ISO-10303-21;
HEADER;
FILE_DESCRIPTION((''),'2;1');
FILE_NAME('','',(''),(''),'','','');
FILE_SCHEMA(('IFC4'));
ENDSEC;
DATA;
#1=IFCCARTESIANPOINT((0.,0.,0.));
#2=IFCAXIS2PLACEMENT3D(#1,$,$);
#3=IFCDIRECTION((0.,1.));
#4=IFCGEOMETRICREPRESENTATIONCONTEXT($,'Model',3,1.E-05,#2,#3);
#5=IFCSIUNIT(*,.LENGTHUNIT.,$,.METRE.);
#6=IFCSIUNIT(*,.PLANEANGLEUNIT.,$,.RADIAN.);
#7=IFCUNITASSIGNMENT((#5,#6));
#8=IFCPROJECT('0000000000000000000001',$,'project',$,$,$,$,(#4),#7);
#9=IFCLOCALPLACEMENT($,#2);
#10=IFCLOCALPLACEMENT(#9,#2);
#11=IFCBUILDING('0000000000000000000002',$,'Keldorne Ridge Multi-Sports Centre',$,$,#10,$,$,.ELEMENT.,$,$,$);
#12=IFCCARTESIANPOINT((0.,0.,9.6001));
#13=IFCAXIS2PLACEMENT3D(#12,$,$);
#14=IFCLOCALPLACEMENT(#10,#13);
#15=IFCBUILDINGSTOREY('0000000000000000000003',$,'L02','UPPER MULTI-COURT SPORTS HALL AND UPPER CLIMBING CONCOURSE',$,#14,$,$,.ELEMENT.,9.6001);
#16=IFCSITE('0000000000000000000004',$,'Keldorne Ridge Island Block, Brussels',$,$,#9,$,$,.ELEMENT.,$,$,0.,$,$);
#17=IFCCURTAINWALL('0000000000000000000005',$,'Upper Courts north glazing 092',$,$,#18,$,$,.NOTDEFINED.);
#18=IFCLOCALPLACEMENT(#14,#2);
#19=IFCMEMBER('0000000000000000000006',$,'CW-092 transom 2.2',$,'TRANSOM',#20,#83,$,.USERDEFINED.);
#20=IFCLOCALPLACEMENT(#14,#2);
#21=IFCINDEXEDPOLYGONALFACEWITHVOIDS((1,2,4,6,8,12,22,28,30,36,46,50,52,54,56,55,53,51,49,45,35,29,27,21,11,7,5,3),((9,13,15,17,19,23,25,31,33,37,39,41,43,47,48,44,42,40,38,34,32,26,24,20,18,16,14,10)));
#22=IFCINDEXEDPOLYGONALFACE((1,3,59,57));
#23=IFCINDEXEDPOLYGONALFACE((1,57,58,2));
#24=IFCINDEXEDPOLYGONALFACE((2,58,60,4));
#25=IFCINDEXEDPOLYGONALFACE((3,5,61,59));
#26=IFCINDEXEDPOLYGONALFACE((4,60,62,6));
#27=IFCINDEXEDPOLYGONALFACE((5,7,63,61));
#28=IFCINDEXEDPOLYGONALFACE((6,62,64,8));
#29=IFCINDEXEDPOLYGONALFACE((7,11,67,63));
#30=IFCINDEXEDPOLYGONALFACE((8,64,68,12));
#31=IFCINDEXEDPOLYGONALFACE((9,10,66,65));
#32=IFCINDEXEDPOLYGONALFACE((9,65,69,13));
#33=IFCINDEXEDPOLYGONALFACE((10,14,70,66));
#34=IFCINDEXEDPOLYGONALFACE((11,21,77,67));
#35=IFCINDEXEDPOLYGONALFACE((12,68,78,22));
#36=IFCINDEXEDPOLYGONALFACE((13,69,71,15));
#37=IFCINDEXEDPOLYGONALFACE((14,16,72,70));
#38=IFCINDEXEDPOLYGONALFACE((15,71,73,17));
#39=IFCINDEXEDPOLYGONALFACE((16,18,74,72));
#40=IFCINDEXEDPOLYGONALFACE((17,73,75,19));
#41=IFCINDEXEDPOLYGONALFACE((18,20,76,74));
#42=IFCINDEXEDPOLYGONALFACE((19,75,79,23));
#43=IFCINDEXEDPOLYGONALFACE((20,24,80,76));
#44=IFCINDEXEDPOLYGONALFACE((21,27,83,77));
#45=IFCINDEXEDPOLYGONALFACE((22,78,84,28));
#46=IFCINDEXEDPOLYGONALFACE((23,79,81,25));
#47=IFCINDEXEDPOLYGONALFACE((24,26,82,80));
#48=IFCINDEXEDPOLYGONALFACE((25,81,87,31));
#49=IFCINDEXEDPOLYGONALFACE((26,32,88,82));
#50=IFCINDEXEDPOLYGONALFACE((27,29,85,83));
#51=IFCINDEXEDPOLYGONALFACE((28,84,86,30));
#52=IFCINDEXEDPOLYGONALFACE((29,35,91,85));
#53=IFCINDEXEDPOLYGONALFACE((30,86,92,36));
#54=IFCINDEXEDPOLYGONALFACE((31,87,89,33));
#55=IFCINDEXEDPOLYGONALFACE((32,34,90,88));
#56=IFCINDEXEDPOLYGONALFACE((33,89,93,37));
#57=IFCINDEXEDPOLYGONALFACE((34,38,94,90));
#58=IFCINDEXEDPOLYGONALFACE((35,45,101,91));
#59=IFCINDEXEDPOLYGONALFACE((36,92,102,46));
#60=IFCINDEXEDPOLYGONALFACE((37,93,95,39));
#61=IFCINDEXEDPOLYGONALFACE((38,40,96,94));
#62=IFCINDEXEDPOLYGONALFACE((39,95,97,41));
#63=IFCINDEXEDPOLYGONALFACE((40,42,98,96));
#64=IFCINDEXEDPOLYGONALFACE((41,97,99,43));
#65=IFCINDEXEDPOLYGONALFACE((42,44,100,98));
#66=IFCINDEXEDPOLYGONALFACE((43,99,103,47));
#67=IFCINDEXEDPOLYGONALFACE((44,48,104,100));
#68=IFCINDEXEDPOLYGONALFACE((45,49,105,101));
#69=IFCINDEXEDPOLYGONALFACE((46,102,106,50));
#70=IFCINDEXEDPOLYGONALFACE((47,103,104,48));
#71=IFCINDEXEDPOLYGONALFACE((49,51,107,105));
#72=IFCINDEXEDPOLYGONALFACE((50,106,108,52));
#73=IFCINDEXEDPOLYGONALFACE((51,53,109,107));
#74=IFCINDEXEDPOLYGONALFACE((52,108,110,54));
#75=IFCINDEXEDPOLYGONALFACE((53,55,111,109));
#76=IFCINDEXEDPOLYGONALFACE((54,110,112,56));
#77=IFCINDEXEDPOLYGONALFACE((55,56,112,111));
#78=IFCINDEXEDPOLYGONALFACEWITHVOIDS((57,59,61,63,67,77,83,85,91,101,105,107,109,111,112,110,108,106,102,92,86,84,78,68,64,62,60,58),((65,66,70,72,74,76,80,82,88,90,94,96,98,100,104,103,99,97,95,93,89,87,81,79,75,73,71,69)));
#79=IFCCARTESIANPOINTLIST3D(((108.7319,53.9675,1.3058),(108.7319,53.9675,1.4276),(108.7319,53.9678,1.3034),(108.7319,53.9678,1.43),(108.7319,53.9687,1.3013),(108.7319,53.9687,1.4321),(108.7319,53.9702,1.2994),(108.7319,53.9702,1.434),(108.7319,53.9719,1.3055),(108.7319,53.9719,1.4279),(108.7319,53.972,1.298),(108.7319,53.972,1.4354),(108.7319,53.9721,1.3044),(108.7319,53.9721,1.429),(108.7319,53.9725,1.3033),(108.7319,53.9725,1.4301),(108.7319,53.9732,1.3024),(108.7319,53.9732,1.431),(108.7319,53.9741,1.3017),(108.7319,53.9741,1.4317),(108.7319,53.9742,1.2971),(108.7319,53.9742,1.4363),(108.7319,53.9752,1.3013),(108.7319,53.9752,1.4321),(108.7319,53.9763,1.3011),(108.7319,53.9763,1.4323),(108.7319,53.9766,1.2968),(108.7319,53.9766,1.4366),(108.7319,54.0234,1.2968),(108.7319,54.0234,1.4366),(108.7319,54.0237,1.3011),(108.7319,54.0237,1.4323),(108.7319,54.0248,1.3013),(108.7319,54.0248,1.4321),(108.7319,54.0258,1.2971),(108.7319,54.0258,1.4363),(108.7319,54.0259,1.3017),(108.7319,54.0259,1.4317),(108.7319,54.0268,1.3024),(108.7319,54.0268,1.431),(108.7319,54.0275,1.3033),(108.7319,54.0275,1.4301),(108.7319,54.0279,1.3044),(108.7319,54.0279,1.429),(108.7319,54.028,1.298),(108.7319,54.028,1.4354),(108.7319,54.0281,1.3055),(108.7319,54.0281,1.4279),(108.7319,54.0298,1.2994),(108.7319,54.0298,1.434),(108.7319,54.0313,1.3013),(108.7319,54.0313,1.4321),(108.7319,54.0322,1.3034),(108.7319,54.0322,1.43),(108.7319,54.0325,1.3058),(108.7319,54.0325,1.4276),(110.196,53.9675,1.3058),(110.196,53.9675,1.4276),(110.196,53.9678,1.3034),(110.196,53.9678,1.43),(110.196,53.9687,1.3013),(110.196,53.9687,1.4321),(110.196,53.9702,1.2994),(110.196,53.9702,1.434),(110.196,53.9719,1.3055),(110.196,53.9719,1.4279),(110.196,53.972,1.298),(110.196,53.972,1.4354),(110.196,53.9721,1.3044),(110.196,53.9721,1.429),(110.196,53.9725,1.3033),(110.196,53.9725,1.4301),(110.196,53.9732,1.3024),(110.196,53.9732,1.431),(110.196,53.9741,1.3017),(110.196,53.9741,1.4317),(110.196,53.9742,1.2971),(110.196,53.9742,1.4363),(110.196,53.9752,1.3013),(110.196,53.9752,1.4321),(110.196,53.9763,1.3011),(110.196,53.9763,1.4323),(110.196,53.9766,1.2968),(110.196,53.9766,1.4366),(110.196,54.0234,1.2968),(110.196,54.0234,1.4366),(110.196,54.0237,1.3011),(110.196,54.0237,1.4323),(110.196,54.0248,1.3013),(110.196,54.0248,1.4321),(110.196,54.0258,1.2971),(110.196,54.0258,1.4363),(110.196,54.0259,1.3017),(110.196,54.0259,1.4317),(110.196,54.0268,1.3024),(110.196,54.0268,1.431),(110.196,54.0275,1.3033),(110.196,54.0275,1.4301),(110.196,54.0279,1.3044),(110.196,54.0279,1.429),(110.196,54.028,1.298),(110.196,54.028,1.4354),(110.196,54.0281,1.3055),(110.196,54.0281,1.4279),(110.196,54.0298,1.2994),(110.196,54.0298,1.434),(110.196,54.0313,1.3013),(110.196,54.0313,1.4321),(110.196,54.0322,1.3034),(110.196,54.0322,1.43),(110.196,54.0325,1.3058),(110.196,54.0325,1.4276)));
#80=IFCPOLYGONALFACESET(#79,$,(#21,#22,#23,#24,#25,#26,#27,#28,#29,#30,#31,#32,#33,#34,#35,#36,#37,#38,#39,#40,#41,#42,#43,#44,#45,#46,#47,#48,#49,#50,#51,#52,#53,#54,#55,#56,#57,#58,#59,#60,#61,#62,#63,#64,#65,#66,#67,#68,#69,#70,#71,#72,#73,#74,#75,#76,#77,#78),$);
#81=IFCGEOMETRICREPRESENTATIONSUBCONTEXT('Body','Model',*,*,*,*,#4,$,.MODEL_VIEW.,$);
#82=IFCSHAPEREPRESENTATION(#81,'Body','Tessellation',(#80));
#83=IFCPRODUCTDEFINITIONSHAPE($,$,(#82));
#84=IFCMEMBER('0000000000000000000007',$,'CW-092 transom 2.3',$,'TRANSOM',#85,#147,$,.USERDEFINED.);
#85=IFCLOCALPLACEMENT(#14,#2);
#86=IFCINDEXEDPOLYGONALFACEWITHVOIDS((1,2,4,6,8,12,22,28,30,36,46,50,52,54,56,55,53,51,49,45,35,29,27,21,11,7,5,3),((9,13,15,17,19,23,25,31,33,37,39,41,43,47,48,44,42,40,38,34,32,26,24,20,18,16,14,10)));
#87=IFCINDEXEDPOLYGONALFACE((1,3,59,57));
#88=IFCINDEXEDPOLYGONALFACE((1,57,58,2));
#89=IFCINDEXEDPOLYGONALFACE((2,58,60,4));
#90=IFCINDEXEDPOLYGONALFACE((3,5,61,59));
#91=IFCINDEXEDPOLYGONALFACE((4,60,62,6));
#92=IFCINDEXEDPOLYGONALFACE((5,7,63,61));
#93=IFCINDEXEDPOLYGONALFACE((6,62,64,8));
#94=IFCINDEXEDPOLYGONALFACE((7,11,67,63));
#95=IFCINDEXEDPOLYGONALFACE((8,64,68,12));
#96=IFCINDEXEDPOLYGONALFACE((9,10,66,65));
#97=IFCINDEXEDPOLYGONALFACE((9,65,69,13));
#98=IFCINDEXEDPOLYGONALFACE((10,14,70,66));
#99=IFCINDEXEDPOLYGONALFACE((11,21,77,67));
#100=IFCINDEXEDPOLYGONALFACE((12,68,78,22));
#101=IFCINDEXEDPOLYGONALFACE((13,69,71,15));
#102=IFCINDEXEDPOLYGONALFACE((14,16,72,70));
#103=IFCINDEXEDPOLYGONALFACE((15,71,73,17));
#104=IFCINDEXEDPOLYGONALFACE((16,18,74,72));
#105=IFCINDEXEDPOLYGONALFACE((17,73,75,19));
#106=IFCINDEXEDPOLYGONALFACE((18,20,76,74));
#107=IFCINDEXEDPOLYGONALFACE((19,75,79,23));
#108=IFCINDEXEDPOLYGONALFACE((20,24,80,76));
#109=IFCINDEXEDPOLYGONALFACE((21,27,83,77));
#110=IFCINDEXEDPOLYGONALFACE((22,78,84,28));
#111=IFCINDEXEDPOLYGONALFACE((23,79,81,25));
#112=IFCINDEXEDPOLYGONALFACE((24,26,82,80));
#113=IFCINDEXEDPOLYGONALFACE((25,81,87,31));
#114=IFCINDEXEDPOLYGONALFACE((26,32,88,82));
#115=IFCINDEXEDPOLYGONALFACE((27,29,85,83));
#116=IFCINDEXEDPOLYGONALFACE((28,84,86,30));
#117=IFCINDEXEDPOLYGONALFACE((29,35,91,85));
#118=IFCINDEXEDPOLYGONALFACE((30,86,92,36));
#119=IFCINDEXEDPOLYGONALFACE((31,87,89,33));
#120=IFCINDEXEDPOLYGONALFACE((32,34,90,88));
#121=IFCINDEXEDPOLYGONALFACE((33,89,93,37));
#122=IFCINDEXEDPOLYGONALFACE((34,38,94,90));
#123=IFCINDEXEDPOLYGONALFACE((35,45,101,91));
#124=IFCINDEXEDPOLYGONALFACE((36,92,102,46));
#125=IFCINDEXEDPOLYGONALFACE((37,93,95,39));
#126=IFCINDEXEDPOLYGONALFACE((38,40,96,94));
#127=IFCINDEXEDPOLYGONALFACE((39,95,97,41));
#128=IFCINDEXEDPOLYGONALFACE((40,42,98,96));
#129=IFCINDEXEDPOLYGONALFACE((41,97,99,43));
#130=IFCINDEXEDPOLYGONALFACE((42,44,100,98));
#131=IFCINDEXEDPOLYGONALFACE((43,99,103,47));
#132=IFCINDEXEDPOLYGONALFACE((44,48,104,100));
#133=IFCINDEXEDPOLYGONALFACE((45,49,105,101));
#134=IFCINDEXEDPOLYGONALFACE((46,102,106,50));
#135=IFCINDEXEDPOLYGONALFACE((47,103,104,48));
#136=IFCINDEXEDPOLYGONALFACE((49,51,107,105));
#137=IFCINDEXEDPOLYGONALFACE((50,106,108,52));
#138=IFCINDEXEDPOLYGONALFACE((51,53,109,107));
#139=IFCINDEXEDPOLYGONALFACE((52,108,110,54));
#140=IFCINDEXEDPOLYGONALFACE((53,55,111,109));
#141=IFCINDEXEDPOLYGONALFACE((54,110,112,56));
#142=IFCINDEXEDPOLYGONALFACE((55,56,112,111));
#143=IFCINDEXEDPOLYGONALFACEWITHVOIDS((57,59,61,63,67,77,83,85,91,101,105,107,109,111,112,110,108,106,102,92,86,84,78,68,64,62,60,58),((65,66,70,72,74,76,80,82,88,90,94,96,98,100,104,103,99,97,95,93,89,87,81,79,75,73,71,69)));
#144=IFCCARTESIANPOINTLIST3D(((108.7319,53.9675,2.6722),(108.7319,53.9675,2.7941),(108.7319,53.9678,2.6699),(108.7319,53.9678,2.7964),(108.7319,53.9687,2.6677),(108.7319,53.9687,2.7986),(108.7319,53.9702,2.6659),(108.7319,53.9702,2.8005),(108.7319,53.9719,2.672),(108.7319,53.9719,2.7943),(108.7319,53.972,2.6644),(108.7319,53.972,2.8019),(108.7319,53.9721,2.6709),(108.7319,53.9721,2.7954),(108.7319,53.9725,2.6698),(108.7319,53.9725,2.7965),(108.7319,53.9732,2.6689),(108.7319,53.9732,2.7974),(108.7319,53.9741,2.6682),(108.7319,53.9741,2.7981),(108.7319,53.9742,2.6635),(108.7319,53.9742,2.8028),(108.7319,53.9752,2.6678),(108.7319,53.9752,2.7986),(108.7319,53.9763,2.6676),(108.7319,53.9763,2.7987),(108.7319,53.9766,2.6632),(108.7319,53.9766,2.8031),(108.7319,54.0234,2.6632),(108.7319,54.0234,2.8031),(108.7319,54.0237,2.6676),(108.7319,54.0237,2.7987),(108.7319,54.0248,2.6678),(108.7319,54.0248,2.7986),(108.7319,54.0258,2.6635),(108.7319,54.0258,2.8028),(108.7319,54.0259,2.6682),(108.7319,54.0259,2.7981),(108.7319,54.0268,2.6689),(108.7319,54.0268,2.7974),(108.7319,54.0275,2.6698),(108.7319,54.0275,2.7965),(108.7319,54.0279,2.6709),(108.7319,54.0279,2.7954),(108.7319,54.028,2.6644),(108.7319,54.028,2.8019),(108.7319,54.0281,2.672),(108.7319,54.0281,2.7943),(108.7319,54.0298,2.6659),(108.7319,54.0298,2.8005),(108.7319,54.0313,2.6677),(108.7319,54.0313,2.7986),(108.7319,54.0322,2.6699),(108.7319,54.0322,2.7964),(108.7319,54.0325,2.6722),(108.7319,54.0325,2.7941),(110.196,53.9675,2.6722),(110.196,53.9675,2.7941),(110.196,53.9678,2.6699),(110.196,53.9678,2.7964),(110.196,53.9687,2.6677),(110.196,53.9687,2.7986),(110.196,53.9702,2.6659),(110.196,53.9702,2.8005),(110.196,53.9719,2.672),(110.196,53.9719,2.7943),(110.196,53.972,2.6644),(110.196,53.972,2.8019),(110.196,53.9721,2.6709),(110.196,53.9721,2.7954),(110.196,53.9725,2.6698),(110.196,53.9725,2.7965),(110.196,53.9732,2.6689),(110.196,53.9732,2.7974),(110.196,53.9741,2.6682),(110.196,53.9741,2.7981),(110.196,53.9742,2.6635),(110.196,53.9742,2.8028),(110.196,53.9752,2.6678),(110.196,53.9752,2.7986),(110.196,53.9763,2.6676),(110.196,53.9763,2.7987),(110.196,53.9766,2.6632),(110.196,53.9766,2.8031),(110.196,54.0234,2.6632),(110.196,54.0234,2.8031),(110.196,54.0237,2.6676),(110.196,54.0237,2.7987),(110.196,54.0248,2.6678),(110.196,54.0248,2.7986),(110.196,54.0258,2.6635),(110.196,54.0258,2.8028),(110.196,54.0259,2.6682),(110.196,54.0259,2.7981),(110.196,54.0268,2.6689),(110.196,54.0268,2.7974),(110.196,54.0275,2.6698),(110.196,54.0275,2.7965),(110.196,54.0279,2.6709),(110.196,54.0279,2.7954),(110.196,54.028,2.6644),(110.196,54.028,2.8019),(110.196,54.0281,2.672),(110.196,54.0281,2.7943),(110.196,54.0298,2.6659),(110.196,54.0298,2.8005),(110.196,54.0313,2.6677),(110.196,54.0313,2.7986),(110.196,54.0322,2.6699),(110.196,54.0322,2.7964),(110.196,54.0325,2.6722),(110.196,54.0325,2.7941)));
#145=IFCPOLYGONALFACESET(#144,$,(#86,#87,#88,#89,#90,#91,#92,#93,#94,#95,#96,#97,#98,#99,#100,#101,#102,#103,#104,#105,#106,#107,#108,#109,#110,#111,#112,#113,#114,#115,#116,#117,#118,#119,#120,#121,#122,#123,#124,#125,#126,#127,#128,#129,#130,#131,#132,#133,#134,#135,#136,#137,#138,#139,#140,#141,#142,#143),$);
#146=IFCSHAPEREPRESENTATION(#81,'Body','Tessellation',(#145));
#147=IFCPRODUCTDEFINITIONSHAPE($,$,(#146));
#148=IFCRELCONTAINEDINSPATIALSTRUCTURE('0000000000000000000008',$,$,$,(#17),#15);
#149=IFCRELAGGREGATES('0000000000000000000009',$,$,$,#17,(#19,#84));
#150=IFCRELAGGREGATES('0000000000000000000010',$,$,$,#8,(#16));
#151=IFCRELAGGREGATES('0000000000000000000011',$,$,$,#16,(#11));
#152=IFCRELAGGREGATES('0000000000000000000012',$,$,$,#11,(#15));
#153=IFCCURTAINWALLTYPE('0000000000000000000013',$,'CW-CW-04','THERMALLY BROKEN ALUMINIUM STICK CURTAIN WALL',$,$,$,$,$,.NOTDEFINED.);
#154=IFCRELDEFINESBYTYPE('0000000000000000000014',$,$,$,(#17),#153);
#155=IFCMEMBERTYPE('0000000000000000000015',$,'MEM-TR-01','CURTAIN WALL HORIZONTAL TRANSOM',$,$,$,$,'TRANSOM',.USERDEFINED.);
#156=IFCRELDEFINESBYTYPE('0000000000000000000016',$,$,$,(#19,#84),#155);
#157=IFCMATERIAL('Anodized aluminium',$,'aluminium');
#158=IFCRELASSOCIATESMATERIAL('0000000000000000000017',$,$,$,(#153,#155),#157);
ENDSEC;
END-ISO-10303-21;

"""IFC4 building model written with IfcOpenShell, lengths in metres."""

from ifc_helpers import new_model, si_unit, direction, frame, origin, origin_2d, place, context, subcontext, project, spatial, hollow_rectangle, extrude, material, material_profile, profile_set, type_object, element, aggregate, save


model = new_model("IFC4")

# Units and contexts
model_context = context("Model", 3, precision=1e-05, world=origin(), true_north=direction((0.0, 1.0)))
body_context = subcontext(model_context, "Body", "Model", "MODEL_VIEW")
ifc_project = project(units=[si_unit("LENGTHUNIT", "METRE"), si_unit("PLANEANGLEUNIT", "RADIAN")], contexts=[model_context])

# Site, building, storey
site_placement = place(None, origin())
site = spatial("IfcSite", under=ifc_project, at=site_placement, Name="Keldorne Ridge Island Block, Brussels", CompositionType="ELEMENT", RefElevation=0.0)
building_placement = place(site_placement, origin())
building = spatial("IfcBuilding", under=site, at=building_placement, Name="Keldorne Ridge Multi-Sports Centre", CompositionType="ELEMENT")
storey_placement = place(building_placement, frame((0.0, 0.0, 9.6001)))
storey = spatial("IfcBuildingStorey", under=building, at=storey_placement, Name="L02", Description="UPPER MULTI-COURT SPORTS HALL AND UPPER CLIMBING CONCOURSE", CompositionType="ELEMENT", Elevation=9.6001)

# Curtain wall
ifc_material_1 = material(Name="Anodized aluminium", Category="aluminium")
curtain_wall_type_1 = type_object("IfcCurtainWallType", Name="CW-CW-04", Description="THERMALLY BROKEN ALUMINIUM STICK CURTAIN WALL", PredefinedType="NOTDEFINED", material=ifc_material_1)
curtain_wall_1_placement = place(storey_placement, origin())
curtain_wall_1 = element("IfcCurtainWall", 1, at=curtain_wall_1_placement, inside=storey, type_object=curtain_wall_type_1, Name="Upper Courts north glazing 092", PredefinedType="NOTDEFINED")

# Members
ifc_material_profile_1 = material_profile(ifc_material_1, hollow_rectangle(XDim=0.0649, YDim=0.1399, WallThickness=0.0044, InnerFilletRadius=0.0044, OuterFilletRadius=0.009, at=origin_2d()), Name="ALU TRANSOM 140x65x4.5")
ifc_profile_set_1 = profile_set([ifc_material_profile_1], Name="Anodized aluminium")
member_type_1 = type_object("IfcMemberType", Name="MEM-TR-01", Description="CURTAIN WALL HORIZONTAL TRANSOM", ElementType="TRANSOM", PredefinedType="USERDEFINED", material=ifc_profile_set_1)
member_1_placement = place(storey_placement, frame((110.196, 54.0, 1.3667), z_axis=(-1.0, 0.0, 0.0), x_axis=(0.0, -1.0, 0.0)))
member_1 = element("IfcMember", 2, at=member_1_placement, type_object=member_type_1, Name="CW-092 transom 2.2", ObjectType="TRANSOM", PredefinedType="USERDEFINED", context=body_context, shape_type="SweptSolid", body=[
    extrude(hollow_rectangle(XDim=0.0649, YDim=0.1399, WallThickness=0.0044, InnerFilletRadius=0.0044, OuterFilletRadius=0.009, at=origin_2d()), origin(), (0.0, 0.0, 1.0), 1.4641),
])
member_2_placement = place(storey_placement, frame((110.196, 54.0, 2.7332), z_axis=(-1.0, 0.0, 0.0), x_axis=(0.0, -1.0, 0.0)))
member_2 = element("IfcMember", 3, at=member_2_placement, type_object=member_type_1, Name="CW-092 transom 2.3", ObjectType="TRANSOM", PredefinedType="USERDEFINED", context=body_context, shape_type="SweptSolid", body=[
    extrude(hollow_rectangle(XDim=0.0649, YDim=0.1399, WallThickness=0.0044, InnerFilletRadius=0.0044, OuterFilletRadius=0.009, at=origin_2d()), origin(), (0.0, 0.0, 1.0), 1.4641),
])

aggregate(curtain_wall_1, [member_1, member_2])

save(model, "model.ifc")
